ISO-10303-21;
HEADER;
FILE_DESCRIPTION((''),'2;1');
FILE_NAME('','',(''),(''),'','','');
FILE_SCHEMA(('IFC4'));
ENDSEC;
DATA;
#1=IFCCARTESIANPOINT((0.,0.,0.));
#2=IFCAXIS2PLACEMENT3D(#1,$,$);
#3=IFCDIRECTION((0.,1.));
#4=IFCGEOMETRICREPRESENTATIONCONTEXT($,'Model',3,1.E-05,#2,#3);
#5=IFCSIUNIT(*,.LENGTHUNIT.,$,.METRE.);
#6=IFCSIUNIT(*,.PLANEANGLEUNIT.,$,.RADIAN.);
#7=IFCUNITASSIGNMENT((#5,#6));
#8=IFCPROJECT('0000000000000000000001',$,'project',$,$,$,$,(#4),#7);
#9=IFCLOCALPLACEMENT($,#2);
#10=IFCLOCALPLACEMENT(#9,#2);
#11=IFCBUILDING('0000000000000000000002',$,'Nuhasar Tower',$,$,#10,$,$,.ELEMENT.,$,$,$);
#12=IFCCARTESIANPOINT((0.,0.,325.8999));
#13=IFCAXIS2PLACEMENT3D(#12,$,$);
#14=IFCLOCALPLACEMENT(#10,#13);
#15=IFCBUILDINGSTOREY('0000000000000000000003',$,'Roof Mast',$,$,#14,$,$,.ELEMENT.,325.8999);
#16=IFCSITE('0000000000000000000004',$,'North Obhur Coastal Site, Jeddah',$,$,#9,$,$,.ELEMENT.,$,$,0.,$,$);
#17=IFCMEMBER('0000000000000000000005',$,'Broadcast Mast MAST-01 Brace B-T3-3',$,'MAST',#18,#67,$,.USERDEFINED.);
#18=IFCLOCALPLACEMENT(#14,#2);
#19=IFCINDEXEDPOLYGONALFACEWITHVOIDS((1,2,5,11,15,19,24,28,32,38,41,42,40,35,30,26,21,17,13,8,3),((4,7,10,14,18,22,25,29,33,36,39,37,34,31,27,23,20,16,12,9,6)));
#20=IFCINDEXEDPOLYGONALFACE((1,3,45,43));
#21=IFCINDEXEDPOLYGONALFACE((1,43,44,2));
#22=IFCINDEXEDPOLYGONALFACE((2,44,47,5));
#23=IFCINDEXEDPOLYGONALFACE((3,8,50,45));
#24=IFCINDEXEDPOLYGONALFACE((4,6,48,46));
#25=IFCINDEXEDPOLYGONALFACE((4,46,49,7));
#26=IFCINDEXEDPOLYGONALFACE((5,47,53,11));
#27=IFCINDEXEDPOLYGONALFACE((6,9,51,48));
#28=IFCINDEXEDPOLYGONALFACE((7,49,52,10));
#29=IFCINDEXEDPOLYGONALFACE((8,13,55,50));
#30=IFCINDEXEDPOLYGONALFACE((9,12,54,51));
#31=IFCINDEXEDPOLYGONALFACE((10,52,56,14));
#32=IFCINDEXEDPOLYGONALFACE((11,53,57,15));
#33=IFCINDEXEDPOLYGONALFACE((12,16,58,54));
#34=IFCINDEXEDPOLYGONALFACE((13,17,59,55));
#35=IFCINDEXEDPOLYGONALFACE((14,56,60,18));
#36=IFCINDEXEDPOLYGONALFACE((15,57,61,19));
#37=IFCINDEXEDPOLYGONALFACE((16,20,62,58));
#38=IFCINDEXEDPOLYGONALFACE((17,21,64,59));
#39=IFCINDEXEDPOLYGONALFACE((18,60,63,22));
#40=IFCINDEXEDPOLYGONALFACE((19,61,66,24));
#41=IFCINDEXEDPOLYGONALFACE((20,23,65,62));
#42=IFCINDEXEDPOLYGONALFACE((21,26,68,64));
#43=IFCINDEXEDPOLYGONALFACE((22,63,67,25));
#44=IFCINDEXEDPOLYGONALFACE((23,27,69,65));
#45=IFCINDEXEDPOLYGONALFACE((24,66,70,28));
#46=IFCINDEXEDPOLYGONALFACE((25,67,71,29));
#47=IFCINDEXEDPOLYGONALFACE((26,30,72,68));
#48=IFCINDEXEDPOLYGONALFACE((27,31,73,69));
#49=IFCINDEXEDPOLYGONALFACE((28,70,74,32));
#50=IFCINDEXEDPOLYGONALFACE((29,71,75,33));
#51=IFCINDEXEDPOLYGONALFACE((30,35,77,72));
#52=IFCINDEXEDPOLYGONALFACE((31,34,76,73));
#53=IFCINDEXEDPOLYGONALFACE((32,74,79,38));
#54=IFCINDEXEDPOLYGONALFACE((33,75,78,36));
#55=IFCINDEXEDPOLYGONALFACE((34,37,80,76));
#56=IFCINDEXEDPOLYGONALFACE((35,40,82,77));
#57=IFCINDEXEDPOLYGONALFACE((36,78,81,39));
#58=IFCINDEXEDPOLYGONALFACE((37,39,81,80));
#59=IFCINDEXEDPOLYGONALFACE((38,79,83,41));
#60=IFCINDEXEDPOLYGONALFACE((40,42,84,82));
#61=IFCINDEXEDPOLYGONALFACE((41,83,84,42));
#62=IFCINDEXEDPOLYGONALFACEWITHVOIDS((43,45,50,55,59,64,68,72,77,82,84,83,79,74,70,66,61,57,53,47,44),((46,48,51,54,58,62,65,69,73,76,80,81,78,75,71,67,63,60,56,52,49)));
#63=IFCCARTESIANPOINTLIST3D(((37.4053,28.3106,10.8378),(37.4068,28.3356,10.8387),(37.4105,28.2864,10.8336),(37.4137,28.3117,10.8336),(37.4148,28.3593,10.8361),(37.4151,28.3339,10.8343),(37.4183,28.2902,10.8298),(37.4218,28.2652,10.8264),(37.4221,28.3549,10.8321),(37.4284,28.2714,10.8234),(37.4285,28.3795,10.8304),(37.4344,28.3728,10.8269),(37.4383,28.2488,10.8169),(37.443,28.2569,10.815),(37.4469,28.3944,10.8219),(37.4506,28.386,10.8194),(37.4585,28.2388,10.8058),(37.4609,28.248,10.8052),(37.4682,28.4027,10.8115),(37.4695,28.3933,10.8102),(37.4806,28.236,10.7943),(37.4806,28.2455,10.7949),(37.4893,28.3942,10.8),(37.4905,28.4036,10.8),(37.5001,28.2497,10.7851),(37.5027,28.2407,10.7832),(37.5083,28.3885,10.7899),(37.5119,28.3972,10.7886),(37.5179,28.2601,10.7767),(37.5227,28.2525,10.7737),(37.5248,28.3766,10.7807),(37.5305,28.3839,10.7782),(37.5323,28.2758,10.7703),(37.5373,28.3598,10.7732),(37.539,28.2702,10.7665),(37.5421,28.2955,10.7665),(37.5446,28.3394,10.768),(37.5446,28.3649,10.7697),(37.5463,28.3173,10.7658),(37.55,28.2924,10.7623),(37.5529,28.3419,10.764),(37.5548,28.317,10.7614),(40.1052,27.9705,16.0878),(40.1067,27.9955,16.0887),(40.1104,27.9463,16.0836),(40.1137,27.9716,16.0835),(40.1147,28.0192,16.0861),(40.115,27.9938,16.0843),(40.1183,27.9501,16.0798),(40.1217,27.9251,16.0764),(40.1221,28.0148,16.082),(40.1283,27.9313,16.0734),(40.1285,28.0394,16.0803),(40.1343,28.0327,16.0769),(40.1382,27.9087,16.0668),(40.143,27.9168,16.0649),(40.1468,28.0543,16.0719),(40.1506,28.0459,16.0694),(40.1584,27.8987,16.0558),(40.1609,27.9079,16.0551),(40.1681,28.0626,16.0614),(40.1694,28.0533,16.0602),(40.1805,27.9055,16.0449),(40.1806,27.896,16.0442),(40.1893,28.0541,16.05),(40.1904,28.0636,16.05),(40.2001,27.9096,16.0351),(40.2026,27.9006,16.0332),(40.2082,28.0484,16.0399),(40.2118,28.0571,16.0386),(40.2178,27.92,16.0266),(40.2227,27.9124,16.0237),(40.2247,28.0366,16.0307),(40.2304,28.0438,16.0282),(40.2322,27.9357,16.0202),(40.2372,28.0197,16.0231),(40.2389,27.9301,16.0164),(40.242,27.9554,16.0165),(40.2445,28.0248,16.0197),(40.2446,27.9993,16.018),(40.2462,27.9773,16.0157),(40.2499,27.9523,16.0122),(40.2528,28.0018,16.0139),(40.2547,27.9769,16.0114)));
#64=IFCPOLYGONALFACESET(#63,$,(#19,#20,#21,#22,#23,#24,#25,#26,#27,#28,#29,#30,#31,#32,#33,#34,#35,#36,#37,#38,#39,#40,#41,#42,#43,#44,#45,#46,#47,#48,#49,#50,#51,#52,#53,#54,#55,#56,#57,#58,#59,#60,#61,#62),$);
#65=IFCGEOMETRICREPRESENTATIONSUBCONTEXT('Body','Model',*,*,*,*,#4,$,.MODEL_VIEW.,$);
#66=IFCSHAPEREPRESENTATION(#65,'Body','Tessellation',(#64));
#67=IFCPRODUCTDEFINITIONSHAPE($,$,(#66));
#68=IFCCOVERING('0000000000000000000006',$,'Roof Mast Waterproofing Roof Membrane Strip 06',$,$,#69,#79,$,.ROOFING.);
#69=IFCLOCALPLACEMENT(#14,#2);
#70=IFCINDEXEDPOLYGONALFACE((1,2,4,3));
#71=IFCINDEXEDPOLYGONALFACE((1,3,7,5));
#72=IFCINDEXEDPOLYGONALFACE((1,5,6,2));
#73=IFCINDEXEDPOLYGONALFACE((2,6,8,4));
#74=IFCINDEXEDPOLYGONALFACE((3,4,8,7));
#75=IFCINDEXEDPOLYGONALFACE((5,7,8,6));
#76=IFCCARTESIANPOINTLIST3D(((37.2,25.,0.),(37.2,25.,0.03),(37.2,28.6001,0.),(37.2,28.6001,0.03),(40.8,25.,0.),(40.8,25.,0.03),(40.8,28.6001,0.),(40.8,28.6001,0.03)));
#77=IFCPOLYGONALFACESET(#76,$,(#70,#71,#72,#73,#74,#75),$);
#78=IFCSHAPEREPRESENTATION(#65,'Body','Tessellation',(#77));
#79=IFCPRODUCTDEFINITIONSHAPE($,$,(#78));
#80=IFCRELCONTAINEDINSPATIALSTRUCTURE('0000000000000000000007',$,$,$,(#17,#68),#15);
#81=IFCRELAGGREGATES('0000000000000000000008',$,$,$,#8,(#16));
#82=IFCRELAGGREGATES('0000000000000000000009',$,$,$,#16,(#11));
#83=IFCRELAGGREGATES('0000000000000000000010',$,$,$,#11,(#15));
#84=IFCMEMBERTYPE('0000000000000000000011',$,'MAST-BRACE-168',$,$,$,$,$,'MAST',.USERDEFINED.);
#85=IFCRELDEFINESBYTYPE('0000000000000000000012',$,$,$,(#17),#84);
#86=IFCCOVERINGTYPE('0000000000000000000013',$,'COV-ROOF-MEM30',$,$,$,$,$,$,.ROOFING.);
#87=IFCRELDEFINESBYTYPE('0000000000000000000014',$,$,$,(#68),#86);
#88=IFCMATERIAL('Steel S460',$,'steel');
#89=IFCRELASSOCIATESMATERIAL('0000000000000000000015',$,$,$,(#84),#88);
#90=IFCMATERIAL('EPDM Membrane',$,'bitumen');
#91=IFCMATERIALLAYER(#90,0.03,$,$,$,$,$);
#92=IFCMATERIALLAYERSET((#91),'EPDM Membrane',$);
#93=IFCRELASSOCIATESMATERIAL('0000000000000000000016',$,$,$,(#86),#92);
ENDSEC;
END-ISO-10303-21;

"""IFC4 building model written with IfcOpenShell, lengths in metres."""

from ifc_helpers import new_model, si_unit, direction, frame, origin, origin_2d, place, context, subcontext, project, spatial, polyline, hollow_circle, outline, extrude, material, layer, layer_set, material_profile, profile_set, type_object, element, save


model = new_model("IFC4")

# Units and contexts
model_context = context("Model", 3, precision=1e-05, world=origin(), true_north=direction((0.0, 1.0)))
body_context = subcontext(model_context, "Body", "Model", "MODEL_VIEW")
ifc_project = project(units=[si_unit("LENGTHUNIT", "METRE"), si_unit("PLANEANGLEUNIT", "RADIAN")], contexts=[model_context])

# Site, building, storey
site_placement = place(None, origin())
site = spatial("IfcSite", under=ifc_project, at=site_placement, Name="North Obhur Coastal Site, Jeddah", CompositionType="ELEMENT", RefElevation=0.0)
building_placement = place(site_placement, origin())
building = spatial("IfcBuilding", under=site, at=building_placement, Name="Nuhasar Tower", CompositionType="ELEMENT")
storey_placement = place(building_placement, frame((0.0, 0.0, 325.8999)))
storey = spatial("IfcBuildingStorey", under=building, at=storey_placement, Name="Roof Mast", CompositionType="ELEMENT", Elevation=325.8999)

# Shared definitions
ifc_material_1 = material(Name="Steel S460", Category="steel")

# Member
ifc_material_profile_1 = material_profile(ifc_material_1, hollow_circle(Radius=0.0842, WallThickness=0.0095, at=origin_2d()), Name="HSS168.3X9.5")
ifc_profile_set_1 = profile_set([ifc_material_profile_1], Name="Steel S460")
member_type = type_object("IfcMemberType", Name="MAST-BRACE-168", ElementType="MAST", PredefinedType="USERDEFINED", material=ifc_profile_set_1)
for number, where, z_axis, x_axis, name in (
    (1, (37.48, 28.3201, 10.8), (0.456584, -0.057512, 0.887819), (0.124973, 0.99216, 0.0), "Broadcast Mast MAST-01 Brace B-T3-3"),
):
    element("IfcMember", number, at=place(storey_placement, frame(where, z_axis=z_axis, x_axis=x_axis)), inside=storey, type_object=member_type, Name=name, ObjectType="MAST", PredefinedType="USERDEFINED", context=body_context, shape_type="SweptSolid", body=[
        extrude(hollow_circle(Radius=0.0842, WallThickness=0.0095, at=origin_2d()), origin(), (0.0, 0.0, 1.0), 5.9133),
    ])

# Covering
ifc_material_2 = material(Name="EPDM Membrane", Category="bitumen")
ifc_layer = layer(ifc_material_2, 0.03)
ifc_layer_set = layer_set([ifc_layer], Name="EPDM Membrane")
covering_type = type_object("IfcCoveringType", Name="COV-ROOF-MEM30", PredefinedType="ROOFING", material=ifc_layer_set)
covering_placement = place(storey_placement, origin())
element("IfcCovering", 2, at=covering_placement, inside=storey, type_object=covering_type, Name="Roof Mast Waterproofing Roof Membrane Strip 06", PredefinedType="ROOFING", context=body_context, shape_type="SweptSolid", body=[
    extrude(outline(polyline([(37.2, 25.0), (40.8, 25.0), (40.8, 28.6001), (37.2, 28.6001), (37.2, 25.0)])), origin(), (0.0, 0.0, 1.0), 0.03),
])

save(model, "model.ifc")
